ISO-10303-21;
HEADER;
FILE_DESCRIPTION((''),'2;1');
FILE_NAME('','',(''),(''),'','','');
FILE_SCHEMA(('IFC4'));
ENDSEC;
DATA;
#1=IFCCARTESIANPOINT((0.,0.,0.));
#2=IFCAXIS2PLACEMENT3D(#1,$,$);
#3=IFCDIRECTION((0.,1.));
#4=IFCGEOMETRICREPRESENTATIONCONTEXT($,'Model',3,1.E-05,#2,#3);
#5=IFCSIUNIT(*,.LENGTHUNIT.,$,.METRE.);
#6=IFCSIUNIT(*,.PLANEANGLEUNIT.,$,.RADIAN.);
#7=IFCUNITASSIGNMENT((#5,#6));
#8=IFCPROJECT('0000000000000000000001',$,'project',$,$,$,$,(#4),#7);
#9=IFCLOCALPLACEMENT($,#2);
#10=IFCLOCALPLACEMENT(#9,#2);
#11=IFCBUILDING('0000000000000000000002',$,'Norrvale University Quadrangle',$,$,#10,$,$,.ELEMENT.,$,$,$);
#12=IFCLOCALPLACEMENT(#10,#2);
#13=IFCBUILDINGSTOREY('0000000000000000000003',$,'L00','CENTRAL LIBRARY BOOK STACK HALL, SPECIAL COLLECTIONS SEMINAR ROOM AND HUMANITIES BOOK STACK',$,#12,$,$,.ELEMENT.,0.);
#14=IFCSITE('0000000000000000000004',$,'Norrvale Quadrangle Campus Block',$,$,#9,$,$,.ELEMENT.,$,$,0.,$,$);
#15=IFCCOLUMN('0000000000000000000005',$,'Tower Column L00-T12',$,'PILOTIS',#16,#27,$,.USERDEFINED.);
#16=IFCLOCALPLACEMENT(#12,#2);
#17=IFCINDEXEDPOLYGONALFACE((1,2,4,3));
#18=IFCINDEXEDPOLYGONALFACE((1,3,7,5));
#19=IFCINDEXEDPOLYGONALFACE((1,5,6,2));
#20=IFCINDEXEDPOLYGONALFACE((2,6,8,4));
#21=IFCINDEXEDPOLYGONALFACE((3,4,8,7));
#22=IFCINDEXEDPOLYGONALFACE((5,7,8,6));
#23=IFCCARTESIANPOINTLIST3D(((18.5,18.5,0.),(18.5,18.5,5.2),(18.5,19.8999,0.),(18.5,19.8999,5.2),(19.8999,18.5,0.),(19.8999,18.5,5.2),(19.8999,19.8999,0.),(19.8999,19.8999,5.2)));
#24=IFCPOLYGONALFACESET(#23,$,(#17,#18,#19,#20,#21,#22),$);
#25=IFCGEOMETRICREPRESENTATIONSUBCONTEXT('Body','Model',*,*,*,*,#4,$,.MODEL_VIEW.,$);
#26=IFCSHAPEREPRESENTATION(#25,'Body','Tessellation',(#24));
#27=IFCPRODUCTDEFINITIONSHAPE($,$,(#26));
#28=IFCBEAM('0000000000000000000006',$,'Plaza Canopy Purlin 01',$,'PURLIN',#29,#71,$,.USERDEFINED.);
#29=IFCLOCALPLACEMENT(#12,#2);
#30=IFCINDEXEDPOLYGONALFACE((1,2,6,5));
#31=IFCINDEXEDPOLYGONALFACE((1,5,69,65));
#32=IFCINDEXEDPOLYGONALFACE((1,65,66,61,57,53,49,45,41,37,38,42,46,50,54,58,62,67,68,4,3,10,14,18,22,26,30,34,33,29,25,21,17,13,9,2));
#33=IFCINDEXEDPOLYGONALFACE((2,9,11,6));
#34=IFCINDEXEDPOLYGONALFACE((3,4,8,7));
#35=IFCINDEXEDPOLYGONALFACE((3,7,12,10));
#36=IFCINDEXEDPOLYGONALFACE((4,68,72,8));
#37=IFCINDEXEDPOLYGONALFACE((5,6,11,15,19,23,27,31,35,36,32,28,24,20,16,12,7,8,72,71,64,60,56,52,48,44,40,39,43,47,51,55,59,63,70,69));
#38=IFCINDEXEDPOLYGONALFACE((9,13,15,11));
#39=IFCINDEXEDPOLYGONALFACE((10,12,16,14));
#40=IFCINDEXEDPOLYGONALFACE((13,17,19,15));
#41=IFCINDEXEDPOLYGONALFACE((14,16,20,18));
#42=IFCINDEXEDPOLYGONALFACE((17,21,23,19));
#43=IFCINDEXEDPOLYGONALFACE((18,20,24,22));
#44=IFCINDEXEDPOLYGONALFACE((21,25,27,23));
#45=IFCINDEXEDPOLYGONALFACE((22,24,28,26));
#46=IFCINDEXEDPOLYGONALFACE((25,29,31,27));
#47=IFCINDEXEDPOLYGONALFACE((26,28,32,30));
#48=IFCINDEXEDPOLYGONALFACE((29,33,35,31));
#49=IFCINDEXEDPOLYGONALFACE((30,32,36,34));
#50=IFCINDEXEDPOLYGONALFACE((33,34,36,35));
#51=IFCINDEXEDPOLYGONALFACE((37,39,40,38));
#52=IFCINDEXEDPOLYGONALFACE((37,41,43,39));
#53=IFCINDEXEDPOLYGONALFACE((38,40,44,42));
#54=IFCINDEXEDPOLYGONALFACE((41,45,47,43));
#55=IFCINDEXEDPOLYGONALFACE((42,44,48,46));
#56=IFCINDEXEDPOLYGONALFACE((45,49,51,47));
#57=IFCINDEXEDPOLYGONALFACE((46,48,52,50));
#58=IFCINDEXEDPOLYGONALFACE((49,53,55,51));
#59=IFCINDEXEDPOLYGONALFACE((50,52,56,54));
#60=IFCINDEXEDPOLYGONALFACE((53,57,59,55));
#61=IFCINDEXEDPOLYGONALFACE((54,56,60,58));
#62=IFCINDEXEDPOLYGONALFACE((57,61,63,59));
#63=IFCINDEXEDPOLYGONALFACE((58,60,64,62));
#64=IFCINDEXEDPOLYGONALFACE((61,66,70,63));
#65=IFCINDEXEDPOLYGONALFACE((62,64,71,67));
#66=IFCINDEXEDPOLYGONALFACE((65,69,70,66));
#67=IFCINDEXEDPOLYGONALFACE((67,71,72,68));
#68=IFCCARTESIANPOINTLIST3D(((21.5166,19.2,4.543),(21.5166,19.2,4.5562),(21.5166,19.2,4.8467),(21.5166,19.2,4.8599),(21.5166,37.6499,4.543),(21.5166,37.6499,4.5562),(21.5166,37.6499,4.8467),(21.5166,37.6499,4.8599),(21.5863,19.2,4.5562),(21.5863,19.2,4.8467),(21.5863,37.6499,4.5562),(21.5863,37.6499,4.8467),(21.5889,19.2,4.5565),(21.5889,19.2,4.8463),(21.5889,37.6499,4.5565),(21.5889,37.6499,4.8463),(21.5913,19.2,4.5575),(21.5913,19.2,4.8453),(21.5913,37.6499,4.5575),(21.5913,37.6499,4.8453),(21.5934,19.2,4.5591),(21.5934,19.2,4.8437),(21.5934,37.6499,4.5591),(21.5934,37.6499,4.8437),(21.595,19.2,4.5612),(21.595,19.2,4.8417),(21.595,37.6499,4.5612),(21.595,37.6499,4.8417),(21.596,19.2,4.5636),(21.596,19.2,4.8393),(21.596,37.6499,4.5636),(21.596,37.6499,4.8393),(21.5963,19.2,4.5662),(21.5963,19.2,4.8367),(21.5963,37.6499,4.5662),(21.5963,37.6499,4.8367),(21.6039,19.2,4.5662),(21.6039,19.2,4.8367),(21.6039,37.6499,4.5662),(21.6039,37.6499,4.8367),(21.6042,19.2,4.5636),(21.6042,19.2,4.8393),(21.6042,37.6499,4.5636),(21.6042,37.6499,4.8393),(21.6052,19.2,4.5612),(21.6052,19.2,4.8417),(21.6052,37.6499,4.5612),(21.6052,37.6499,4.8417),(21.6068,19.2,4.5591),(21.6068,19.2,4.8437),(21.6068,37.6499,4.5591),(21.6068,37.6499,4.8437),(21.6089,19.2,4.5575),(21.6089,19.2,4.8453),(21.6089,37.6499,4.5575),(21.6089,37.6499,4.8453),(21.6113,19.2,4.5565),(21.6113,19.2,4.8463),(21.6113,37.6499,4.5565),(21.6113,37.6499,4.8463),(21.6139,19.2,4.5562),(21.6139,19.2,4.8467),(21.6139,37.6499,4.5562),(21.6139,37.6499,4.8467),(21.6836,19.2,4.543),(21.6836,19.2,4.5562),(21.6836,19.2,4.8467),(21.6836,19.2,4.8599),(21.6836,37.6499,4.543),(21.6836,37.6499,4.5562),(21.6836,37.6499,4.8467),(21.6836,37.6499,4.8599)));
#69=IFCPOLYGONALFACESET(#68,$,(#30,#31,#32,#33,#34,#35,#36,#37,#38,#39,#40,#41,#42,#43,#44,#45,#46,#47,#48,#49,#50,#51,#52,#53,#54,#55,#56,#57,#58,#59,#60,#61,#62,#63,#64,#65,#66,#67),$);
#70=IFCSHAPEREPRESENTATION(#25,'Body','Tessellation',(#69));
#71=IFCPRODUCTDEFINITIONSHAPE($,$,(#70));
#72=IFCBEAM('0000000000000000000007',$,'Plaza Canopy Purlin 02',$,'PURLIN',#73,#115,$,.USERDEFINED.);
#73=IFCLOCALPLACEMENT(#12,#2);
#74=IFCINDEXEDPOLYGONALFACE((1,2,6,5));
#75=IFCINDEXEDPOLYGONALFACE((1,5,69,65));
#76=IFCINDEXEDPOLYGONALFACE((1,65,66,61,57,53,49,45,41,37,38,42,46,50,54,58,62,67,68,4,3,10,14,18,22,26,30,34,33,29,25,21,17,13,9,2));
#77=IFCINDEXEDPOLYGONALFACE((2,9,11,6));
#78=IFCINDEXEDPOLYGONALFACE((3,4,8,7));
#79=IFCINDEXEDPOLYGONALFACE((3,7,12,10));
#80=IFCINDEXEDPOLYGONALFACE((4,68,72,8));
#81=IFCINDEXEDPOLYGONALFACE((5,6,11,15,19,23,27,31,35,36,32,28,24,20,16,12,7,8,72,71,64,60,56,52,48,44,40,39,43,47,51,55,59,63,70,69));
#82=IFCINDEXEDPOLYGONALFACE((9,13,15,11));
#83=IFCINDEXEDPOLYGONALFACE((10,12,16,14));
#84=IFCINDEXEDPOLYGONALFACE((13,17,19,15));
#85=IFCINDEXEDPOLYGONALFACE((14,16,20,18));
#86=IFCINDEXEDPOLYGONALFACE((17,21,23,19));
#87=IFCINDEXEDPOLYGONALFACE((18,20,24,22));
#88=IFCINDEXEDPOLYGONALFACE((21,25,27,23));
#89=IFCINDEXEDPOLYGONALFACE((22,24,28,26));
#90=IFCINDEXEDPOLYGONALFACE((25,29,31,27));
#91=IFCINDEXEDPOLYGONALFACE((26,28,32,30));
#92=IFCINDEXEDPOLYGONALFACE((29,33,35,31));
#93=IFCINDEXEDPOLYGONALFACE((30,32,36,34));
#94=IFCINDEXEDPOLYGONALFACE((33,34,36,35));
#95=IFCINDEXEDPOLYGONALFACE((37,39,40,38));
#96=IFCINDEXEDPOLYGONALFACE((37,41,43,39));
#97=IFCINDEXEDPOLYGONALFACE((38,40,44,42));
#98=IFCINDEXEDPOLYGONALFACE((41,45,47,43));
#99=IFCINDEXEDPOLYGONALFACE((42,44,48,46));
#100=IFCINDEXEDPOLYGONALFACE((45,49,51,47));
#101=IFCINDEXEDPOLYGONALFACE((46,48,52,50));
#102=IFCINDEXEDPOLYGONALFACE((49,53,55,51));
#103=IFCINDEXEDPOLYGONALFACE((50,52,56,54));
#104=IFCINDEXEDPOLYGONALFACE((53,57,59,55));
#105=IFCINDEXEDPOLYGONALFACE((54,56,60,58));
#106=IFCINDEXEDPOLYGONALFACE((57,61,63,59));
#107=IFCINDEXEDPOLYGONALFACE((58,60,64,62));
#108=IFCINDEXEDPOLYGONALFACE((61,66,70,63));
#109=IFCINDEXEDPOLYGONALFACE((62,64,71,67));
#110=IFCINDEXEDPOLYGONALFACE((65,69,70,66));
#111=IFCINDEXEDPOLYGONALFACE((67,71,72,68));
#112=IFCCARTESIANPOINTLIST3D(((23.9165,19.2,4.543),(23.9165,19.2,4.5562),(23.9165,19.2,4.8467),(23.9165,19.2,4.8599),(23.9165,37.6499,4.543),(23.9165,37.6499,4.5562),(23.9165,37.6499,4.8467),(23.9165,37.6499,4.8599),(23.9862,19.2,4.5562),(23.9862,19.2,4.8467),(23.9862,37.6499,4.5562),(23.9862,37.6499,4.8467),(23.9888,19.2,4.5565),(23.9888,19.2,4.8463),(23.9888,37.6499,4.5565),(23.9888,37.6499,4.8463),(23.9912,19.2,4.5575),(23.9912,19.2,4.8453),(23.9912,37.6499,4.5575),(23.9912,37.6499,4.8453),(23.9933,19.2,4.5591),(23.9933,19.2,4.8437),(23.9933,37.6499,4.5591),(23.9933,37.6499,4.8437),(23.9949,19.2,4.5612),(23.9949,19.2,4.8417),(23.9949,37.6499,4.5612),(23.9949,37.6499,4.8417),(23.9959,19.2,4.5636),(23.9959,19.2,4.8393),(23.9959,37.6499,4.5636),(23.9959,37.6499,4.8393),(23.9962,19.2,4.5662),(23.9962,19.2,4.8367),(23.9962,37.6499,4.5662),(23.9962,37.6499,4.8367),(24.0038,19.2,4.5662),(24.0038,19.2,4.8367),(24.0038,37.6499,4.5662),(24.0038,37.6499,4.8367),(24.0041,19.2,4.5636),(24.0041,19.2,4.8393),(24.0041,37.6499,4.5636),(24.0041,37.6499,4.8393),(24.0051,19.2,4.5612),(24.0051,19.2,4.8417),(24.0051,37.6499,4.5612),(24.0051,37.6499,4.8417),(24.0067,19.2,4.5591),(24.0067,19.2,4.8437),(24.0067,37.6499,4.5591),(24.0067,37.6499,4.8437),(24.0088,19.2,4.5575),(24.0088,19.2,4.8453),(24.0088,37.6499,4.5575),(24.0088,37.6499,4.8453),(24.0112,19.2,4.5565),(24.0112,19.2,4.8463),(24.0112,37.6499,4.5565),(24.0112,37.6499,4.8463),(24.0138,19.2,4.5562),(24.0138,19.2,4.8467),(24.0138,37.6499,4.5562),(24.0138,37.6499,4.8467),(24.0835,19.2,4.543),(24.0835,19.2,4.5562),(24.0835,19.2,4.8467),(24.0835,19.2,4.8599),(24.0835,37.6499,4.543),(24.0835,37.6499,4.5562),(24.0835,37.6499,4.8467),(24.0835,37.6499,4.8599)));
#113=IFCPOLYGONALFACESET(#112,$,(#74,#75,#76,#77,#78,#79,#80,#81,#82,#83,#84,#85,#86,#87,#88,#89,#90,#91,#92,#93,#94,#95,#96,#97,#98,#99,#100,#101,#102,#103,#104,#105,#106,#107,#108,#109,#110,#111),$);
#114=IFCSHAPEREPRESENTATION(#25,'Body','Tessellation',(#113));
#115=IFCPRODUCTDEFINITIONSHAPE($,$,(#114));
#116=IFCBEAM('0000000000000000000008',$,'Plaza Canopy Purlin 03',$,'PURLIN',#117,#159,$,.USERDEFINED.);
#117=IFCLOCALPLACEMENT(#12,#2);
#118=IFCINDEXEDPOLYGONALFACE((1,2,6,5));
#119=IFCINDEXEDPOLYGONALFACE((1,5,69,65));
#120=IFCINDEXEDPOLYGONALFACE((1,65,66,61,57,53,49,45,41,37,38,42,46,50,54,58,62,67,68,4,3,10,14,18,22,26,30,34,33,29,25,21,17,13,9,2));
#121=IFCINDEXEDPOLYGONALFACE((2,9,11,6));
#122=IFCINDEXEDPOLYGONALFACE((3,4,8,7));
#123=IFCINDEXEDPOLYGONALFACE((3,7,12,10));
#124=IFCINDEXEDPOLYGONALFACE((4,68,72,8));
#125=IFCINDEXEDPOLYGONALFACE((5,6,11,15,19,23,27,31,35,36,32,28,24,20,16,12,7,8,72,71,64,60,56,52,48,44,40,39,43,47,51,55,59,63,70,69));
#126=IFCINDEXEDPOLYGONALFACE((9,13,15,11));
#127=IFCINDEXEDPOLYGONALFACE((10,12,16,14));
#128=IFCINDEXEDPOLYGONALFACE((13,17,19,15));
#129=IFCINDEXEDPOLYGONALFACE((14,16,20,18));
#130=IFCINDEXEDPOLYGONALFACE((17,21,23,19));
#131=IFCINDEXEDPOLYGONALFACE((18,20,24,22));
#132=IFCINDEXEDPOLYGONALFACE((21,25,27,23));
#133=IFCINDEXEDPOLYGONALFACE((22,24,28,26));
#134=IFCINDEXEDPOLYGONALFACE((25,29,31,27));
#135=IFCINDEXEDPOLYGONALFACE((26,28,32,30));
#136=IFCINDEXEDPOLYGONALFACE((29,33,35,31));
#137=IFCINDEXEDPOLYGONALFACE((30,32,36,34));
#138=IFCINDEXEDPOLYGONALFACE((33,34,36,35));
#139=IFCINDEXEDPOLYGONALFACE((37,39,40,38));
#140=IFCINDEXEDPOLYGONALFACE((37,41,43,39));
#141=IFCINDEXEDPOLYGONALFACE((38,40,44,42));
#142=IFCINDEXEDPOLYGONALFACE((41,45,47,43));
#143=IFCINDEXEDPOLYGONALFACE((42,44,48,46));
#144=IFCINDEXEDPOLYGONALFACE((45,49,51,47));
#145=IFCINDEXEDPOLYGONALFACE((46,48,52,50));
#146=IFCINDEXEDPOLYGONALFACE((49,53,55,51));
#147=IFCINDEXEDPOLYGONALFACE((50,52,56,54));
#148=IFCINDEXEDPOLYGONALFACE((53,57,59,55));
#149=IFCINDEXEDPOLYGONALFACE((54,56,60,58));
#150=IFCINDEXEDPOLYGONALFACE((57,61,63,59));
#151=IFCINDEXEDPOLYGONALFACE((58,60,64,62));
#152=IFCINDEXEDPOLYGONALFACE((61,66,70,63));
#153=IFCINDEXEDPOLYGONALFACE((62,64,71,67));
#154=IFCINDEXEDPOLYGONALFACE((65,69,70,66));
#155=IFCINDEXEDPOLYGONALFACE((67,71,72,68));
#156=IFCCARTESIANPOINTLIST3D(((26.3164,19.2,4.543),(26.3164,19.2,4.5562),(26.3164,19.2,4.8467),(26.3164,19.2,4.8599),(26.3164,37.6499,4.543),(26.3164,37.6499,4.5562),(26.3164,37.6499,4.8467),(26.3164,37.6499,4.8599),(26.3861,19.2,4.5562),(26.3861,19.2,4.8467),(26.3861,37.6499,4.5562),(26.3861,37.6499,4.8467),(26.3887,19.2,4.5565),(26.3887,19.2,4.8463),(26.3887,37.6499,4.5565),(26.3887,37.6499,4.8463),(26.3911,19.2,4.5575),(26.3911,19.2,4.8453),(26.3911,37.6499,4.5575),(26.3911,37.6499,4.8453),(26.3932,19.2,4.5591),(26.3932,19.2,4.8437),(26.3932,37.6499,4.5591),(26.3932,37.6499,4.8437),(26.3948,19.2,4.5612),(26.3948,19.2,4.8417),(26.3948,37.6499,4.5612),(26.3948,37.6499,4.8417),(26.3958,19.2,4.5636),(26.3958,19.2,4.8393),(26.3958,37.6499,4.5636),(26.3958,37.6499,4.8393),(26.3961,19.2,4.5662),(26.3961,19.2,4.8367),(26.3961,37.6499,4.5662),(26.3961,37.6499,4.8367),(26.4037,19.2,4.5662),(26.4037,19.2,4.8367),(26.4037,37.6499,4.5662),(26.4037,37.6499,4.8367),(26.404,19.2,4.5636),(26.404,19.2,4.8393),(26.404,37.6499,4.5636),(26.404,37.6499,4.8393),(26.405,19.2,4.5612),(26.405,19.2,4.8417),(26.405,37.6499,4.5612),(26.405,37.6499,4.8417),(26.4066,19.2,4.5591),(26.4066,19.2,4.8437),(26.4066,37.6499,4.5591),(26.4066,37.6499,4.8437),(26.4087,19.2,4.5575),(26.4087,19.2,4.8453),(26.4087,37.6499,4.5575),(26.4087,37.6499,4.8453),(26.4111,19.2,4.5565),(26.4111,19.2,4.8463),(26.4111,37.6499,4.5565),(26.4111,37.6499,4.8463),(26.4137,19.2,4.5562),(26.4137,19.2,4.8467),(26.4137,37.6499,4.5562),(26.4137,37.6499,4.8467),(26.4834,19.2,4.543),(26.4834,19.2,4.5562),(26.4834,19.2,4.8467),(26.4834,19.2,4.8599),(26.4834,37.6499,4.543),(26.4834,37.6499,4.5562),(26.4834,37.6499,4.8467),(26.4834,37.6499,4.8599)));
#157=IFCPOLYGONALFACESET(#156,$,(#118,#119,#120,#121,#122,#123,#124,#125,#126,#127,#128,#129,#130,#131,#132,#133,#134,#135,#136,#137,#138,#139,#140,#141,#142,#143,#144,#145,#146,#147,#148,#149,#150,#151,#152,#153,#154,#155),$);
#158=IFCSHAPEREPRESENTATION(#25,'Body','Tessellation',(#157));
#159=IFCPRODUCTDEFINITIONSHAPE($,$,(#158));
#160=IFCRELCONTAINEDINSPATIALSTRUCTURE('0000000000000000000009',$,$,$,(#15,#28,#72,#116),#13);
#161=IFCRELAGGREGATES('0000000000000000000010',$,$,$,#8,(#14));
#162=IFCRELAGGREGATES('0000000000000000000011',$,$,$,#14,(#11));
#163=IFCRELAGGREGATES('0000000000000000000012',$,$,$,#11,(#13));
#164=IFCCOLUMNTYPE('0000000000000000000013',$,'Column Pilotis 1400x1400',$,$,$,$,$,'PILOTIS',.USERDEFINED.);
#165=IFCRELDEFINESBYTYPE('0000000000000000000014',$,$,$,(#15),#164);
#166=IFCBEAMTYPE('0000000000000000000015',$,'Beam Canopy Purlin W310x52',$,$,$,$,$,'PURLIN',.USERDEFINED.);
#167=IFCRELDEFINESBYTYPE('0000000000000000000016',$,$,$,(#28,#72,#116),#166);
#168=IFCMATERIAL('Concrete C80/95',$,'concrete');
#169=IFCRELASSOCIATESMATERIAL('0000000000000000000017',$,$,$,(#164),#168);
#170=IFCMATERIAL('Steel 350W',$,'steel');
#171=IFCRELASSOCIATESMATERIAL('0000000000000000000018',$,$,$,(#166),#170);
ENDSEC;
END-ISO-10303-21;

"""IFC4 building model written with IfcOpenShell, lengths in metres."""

from ifc_helpers import new_model, si_unit, direction, frame, origin, origin_2d, place, context, subcontext, project, spatial, rectangle, i_section, extrude, material, material_profile, profile_set, type_object, element, save


model = new_model("IFC4")

# Units and contexts
model_context = context("Model", 3, precision=1e-05, world=origin(), true_north=direction((0.0, 1.0)))
body_context = subcontext(model_context, "Body", "Model", "MODEL_VIEW")
ifc_project = project(units=[si_unit("LENGTHUNIT", "METRE"), si_unit("PLANEANGLEUNIT", "RADIAN")], contexts=[model_context])

# Site, building, storey
site_placement = place(None, origin())
site = spatial("IfcSite", under=ifc_project, at=site_placement, Name="Norrvale Quadrangle Campus Block", CompositionType="ELEMENT", RefElevation=0.0)
building_placement = place(site_placement, origin())
building = spatial("IfcBuilding", under=site, at=building_placement, Name="Norrvale University Quadrangle", CompositionType="ELEMENT")
storey_placement = place(building_placement, origin())
storey = spatial("IfcBuildingStorey", under=building, at=storey_placement, Name="L00", Description="CENTRAL LIBRARY BOOK STACK HALL, SPECIAL COLLECTIONS SEMINAR ROOM AND HUMANITIES BOOK STACK", CompositionType="ELEMENT", Elevation=0.0)

# Column
ifc_material_1 = material(Name="Concrete C80/95", Category="concrete")
ifc_material_profile_1 = material_profile(ifc_material_1, rectangle(XDim=1.3999, YDim=1.3999, at=origin_2d()), Name="Concrete C80/95")
ifc_profile_set_1 = profile_set([ifc_material_profile_1], Name="Concrete C80/95")
column_type = type_object("IfcColumnType", Name="Column Pilotis 1400x1400", ElementType="PILOTIS", PredefinedType="USERDEFINED", material=ifc_profile_set_1)
column_placement = place(storey_placement, frame((19.2, 19.2, 0.0), z_axis=(0.0, 0.0, 1.0), x_axis=(1.0, 0.0, 0.0)))
element("IfcColumn", 1, at=column_placement, inside=storey, type_object=column_type, Name="Tower Column L00-T12", ObjectType="PILOTIS", PredefinedType="USERDEFINED", context=body_context, shape_type="SweptSolid", body=[
    extrude(rectangle(XDim=1.3999, YDim=1.3999, at=origin_2d()), origin(), (0.0, 0.0, 1.0), 5.2),
])

# Beams
ifc_material_2 = material(Name="Steel 350W", Category="steel")
ifc_material_profile_2 = material_profile(ifc_material_2, i_section(OverallWidth=0.167, OverallDepth=0.3169, WebThickness=0.0076, FlangeThickness=0.0132, FilletRadius=0.01, at=origin_2d()), Name="Steel 350W")
ifc_profile_set_2 = profile_set([ifc_material_profile_2], Name="Steel 350W")
beam_type_1 = type_object("IfcBeamType", Name="Beam Canopy Purlin W310x52", ElementType="PURLIN", PredefinedType="USERDEFINED", material=ifc_profile_set_2)
for number, where, z_axis, x_axis, name in (
    (2, (21.6001, 19.2, 4.7014), (0.0, 1.0, 0.0), (-1.0, 0.0, 0.0), "Plaza Canopy Purlin 01"),
    (3, (24.0, 19.2, 4.7014), (0.0, 1.0, 0.0), (-1.0, 0.0, 0.0), "Plaza Canopy Purlin 02"),
    (4, (26.3999, 19.2, 4.7014), (0.0, 1.0, 0.0), (-1.0, 0.0, 0.0), "Plaza Canopy Purlin 03"),
):
    element("IfcBeam", number, at=place(storey_placement, frame(where, z_axis=z_axis, x_axis=x_axis)), inside=storey, type_object=beam_type_1, Name=name, ObjectType="PURLIN", PredefinedType="USERDEFINED", context=body_context, shape_type="SweptSolid", body=[
        extrude(i_section(OverallWidth=0.167, OverallDepth=0.3169, WebThickness=0.0076, FlangeThickness=0.0132, FilletRadius=0.01, at=origin_2d()), origin(), (0.0, 0.0, 1.0), 18.45),
    ])

save(model, "model.ifc")
